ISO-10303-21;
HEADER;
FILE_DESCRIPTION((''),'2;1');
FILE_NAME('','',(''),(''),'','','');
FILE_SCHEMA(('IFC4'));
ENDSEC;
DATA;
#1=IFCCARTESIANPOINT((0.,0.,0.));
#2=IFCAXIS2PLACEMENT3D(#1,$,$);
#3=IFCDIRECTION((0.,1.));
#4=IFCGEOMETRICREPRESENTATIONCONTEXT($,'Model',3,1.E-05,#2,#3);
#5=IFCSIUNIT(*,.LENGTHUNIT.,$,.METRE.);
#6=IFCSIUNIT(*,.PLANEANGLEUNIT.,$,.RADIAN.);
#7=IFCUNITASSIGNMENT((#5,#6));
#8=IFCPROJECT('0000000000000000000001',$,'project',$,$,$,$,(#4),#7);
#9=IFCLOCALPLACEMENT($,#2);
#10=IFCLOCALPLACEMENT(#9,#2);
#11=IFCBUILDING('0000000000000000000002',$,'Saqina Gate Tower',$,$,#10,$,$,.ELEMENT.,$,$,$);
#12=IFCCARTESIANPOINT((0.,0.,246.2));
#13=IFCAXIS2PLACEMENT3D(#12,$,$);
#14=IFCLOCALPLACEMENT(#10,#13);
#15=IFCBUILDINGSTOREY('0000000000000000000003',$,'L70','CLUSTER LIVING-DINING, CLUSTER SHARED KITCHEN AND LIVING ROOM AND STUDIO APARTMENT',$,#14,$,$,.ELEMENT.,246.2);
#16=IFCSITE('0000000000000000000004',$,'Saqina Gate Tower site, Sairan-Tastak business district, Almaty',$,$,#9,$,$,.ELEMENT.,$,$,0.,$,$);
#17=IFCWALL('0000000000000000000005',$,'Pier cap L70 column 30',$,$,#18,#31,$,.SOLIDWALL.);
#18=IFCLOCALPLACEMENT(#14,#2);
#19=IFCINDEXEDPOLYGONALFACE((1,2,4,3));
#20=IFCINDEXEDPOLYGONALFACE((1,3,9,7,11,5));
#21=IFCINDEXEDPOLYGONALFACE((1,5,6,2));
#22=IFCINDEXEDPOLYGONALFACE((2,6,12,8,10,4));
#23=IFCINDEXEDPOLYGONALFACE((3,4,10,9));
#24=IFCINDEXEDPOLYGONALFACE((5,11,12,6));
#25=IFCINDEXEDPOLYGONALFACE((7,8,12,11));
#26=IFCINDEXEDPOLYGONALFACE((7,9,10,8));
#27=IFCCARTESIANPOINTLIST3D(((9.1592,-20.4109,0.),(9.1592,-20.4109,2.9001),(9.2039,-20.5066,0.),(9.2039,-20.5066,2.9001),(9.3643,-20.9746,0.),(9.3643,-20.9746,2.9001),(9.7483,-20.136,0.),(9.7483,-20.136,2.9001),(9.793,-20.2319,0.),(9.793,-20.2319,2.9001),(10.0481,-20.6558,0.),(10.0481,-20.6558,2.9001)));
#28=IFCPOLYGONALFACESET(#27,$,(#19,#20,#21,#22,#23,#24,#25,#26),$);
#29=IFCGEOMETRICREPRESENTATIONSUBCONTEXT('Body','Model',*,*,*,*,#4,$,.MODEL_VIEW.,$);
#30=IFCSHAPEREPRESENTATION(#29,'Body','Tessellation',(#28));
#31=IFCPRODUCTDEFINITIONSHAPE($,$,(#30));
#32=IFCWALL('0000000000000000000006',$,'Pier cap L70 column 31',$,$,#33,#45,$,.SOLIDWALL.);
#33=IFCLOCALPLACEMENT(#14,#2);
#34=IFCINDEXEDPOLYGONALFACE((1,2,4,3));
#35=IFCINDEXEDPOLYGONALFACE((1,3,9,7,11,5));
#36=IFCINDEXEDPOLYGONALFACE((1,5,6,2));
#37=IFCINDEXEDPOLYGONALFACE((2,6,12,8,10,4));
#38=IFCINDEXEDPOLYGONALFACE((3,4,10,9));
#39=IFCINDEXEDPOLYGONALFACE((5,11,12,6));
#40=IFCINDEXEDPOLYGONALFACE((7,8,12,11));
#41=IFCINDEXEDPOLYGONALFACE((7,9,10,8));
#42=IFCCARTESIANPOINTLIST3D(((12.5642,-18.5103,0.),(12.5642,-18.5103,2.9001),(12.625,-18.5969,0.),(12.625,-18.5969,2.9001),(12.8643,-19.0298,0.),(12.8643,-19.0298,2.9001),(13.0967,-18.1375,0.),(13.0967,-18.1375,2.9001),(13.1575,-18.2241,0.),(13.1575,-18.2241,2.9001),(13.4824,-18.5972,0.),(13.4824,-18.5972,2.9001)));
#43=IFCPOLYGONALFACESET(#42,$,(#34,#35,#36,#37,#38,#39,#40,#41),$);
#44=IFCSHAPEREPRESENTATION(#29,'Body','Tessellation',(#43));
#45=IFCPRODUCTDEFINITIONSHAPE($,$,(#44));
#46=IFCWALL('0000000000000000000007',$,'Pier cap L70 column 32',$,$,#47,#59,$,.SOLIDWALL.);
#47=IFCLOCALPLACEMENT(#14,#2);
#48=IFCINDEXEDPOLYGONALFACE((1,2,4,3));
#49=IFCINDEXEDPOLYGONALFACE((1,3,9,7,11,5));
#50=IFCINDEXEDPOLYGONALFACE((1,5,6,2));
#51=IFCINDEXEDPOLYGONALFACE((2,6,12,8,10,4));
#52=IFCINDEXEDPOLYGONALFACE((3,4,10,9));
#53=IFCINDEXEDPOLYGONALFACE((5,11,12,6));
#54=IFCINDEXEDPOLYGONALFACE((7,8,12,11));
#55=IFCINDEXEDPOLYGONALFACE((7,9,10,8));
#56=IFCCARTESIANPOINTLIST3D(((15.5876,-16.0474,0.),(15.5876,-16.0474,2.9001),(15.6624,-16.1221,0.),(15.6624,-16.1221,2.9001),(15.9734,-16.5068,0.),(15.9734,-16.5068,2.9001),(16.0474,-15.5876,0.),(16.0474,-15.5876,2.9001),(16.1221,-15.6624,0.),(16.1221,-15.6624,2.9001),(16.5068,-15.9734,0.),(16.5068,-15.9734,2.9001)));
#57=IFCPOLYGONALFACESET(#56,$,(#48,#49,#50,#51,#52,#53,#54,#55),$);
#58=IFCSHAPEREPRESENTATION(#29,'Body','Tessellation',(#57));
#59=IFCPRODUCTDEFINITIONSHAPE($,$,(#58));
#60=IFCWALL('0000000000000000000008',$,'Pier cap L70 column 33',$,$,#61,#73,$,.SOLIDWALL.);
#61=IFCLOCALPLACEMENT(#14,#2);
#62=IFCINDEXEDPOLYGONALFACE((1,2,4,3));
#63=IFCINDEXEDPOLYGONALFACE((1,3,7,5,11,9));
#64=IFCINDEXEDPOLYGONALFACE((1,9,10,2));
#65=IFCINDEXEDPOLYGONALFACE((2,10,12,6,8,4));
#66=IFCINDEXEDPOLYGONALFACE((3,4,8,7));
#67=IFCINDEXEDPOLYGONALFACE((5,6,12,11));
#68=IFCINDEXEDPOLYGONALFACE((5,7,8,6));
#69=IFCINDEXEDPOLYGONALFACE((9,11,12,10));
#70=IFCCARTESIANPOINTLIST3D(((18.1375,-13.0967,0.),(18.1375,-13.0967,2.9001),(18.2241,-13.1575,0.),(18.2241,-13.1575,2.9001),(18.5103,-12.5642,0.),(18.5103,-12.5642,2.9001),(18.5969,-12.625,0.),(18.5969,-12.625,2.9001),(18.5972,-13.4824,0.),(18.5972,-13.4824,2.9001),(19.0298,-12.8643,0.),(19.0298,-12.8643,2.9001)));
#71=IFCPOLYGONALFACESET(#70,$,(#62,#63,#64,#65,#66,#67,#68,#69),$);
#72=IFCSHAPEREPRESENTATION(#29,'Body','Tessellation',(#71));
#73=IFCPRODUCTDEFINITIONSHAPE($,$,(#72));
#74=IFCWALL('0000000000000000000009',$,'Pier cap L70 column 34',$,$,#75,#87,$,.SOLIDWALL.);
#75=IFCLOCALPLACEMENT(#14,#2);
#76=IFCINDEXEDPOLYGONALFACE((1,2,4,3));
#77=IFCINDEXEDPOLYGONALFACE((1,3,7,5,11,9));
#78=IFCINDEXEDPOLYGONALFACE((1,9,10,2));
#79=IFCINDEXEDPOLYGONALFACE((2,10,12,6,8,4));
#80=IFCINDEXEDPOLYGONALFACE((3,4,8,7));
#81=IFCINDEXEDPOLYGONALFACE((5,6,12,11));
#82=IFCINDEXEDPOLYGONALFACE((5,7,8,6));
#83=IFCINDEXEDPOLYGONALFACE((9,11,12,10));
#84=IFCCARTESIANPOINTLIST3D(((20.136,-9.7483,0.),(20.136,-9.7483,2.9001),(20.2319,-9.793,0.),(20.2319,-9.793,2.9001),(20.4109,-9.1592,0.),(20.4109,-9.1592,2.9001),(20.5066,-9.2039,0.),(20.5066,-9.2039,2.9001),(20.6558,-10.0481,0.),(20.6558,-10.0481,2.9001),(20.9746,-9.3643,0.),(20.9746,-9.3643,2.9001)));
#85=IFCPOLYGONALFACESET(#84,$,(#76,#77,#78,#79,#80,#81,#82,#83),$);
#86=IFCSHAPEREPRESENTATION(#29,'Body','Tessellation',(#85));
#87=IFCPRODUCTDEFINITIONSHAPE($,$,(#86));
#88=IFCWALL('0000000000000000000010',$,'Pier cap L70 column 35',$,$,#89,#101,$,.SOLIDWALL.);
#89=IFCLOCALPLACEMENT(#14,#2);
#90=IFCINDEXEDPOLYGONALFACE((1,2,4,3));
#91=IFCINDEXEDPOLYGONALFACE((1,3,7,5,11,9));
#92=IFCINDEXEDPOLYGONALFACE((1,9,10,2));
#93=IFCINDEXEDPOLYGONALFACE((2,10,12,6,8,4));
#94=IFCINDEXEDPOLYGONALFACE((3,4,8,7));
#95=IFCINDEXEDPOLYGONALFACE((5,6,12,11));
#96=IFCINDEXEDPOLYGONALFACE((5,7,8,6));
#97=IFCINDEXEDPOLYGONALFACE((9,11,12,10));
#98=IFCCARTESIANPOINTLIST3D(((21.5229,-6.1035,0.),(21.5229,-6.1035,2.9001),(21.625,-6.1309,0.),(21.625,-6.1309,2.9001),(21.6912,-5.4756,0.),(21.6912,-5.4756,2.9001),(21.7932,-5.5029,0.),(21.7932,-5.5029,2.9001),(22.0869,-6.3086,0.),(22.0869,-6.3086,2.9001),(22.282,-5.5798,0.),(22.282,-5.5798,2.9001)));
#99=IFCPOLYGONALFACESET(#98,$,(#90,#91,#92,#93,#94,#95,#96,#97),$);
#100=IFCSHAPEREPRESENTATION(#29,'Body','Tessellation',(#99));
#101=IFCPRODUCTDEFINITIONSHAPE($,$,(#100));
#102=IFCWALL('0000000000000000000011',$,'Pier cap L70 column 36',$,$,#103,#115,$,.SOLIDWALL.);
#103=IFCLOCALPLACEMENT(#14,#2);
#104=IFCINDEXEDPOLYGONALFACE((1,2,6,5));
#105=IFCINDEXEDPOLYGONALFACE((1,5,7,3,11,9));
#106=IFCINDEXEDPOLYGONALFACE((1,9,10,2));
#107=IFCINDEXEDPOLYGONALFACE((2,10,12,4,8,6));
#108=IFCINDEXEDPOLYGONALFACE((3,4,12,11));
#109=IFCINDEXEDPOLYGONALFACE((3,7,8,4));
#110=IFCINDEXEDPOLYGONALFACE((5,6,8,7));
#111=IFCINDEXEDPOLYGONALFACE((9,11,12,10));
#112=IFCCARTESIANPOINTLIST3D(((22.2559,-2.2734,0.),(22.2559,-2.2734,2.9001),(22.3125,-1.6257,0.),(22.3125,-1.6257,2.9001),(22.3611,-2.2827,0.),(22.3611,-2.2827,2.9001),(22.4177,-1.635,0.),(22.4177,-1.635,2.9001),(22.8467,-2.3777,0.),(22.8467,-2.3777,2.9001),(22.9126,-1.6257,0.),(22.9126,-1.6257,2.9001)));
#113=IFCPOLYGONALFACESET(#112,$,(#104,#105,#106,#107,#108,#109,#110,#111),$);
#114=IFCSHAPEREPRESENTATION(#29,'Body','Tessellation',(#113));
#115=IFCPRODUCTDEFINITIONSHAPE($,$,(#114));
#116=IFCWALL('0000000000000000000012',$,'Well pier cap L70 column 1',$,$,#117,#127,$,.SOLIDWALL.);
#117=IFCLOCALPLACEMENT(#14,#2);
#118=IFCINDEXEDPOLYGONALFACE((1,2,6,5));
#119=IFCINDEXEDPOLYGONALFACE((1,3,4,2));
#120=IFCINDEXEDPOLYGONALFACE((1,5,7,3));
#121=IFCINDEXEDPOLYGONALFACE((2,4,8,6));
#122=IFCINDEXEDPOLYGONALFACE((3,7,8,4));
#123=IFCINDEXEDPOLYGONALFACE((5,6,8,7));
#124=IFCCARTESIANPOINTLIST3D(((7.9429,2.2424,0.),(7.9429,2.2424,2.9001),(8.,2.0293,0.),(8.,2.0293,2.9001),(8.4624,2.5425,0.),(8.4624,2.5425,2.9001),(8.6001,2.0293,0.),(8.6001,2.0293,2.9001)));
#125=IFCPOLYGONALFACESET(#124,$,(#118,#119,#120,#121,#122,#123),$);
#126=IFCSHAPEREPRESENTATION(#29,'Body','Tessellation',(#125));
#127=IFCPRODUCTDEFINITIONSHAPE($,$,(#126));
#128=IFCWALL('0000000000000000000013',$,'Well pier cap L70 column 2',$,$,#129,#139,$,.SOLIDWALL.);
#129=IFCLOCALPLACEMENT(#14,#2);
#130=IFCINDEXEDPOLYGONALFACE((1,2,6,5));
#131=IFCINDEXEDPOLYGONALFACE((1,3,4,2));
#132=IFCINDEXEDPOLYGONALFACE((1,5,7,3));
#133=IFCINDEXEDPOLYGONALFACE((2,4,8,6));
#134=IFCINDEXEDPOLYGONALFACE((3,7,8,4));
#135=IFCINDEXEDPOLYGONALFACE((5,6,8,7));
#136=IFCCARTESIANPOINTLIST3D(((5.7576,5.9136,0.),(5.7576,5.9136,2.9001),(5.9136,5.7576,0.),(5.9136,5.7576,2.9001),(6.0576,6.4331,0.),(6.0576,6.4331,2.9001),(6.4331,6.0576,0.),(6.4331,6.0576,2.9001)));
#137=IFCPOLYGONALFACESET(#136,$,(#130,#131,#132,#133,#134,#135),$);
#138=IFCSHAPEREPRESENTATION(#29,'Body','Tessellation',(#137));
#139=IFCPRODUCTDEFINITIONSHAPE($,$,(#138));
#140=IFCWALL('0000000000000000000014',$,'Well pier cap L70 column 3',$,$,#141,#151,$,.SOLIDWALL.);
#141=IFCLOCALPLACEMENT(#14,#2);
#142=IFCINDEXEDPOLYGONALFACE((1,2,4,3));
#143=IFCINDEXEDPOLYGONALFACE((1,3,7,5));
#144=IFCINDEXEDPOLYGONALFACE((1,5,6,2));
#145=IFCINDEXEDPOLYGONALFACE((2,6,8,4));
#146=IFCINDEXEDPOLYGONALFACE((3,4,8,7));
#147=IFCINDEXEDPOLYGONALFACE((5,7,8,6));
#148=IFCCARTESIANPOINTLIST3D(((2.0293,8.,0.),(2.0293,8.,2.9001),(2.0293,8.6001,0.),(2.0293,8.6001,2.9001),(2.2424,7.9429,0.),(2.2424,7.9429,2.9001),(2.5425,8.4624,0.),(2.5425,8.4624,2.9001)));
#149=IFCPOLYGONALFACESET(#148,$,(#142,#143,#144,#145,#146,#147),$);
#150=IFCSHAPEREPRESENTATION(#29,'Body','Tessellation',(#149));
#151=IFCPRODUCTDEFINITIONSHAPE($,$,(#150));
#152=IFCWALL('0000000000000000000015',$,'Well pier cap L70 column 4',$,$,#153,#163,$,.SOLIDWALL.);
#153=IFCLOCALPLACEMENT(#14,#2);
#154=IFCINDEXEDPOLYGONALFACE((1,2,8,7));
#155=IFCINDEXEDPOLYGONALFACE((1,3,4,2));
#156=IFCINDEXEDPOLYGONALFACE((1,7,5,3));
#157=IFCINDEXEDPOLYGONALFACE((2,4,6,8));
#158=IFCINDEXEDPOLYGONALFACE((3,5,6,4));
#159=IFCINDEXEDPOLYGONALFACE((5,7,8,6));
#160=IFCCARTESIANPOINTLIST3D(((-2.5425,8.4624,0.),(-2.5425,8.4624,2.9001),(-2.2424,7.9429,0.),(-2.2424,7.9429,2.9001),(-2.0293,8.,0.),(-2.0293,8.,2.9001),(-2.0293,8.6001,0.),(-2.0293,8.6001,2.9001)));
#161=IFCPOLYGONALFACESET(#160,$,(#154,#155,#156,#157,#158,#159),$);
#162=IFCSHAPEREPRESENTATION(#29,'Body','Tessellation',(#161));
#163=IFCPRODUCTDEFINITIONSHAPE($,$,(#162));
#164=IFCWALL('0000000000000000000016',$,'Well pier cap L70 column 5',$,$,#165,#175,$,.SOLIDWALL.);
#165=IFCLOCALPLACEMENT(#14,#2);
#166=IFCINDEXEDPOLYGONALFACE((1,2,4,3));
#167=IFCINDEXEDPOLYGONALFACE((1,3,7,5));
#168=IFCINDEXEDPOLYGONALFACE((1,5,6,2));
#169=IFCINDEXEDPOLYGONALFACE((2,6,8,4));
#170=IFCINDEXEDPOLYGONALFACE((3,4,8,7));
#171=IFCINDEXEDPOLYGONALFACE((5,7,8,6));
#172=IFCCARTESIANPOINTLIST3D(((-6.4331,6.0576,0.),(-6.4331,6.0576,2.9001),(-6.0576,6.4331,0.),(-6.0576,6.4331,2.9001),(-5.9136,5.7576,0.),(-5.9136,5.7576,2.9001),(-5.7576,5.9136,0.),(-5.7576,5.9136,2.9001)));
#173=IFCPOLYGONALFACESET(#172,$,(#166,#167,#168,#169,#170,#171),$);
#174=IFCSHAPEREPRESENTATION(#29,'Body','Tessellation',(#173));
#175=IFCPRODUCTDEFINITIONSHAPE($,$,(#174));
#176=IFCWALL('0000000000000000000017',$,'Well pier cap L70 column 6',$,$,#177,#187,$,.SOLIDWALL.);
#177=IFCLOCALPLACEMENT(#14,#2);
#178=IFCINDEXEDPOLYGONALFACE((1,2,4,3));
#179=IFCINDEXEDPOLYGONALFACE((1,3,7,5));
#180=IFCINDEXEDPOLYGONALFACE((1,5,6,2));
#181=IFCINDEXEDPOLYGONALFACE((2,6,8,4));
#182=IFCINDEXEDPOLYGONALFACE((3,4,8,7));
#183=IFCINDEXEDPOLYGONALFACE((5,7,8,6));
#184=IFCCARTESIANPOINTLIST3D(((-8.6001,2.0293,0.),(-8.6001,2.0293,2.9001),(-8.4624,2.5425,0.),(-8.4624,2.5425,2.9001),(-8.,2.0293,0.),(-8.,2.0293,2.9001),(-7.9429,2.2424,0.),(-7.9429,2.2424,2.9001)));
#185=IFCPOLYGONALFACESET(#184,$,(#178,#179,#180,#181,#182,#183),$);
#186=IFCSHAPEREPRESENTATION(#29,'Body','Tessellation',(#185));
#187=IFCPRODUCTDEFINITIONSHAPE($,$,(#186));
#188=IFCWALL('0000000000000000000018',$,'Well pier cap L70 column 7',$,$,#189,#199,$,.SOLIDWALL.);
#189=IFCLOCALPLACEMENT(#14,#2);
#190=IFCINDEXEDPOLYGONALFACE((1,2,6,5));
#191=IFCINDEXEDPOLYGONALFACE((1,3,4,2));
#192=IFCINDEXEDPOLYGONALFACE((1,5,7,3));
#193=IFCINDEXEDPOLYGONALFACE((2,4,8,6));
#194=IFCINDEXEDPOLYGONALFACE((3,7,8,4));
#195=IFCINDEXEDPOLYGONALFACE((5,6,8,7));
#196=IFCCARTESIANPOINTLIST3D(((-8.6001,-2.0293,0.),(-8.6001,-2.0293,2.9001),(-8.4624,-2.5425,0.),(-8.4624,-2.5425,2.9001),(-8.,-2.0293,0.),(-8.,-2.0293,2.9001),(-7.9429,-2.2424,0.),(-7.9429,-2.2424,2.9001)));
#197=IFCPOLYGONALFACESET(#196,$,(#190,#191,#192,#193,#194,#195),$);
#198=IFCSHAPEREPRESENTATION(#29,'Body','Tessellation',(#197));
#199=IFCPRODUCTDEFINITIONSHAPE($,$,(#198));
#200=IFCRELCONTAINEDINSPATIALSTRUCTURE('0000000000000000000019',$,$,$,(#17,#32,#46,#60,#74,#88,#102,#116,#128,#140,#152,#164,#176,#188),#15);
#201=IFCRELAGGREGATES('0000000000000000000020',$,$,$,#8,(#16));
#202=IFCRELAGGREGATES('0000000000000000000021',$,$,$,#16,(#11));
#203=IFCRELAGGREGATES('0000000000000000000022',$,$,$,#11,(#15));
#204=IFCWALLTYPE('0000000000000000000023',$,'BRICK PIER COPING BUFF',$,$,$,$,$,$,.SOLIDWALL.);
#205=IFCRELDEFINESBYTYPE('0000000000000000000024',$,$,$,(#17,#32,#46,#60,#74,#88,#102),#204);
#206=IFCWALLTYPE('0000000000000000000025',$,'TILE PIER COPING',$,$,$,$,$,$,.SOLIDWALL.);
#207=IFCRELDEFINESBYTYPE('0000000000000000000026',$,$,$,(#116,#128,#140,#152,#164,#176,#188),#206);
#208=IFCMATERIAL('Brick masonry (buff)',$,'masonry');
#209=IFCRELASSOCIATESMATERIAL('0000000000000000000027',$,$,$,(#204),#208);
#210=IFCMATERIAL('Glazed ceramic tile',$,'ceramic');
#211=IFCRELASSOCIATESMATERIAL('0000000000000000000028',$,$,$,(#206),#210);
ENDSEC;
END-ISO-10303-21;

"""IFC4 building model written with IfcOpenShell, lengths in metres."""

from ifc_helpers import new_model, si_unit, direction, frame, origin, place, context, subcontext, project, spatial, polyline, outline, extrude, material, type_object, element, save


model = new_model("IFC4")

# Units and contexts
model_context = context("Model", 3, precision=1e-05, world=origin(), true_north=direction((0.0, 1.0)))
body_context = subcontext(model_context, "Body", "Model", "MODEL_VIEW")
ifc_project = project(units=[si_unit("LENGTHUNIT", "METRE"), si_unit("PLANEANGLEUNIT", "RADIAN")], contexts=[model_context])

# Site, building, storey
site_placement = place(None, origin())
site = spatial("IfcSite", under=ifc_project, at=site_placement, Name="Saqina Gate Tower site, Sairan-Tastak business district, Almaty", CompositionType="ELEMENT", RefElevation=0.0)
building_placement = place(site_placement, origin())
building = spatial("IfcBuilding", under=site, at=building_placement, Name="Saqina Gate Tower", CompositionType="ELEMENT")
storey_placement = place(building_placement, frame((0.0, 0.0, 246.2)))
storey = spatial("IfcBuildingStorey", under=building, at=storey_placement, Name="L70", Description="CLUSTER LIVING-DINING, CLUSTER SHARED KITCHEN AND LIVING ROOM AND STUDIO APARTMENT", CompositionType="ELEMENT", Elevation=246.2)

# Walls
ifc_material_1 = material(Name="Brick masonry (buff)", Category="masonry")
wall_type_1 = type_object("IfcWallType", Name="BRICK PIER COPING BUFF", PredefinedType="SOLIDWALL", material=ifc_material_1)
wall_1_placement = place(storey_placement, origin())
element("IfcWall", 1, at=wall_1_placement, inside=storey, type_object=wall_type_1, Name="Pier cap L70 column 30", PredefinedType="SOLIDWALL", context=body_context, shape_type="SweptSolid", body=[
    extrude(outline(polyline([(9.3643, -20.9746), (10.0481, -20.6558), (9.7483, -20.136), (9.793, -20.2319), (9.2039, -20.5066), (9.1592, -20.4109), (9.3643, -20.9746)])), origin(), (0.0, 0.0, 1.0), 2.9001),
])
wall_2_placement = place(storey_placement, origin())
element("IfcWall", 2, at=wall_2_placement, inside=storey, type_object=wall_type_1, Name="Pier cap L70 column 31", PredefinedType="SOLIDWALL", context=body_context, shape_type="SweptSolid", body=[
    extrude(outline(polyline([(12.8643, -19.0298), (13.4824, -18.5972), (13.0967, -18.1375), (13.1575, -18.2241), (12.625, -18.5969), (12.5642, -18.5103), (12.8643, -19.0298)])), origin(), (0.0, 0.0, 1.0), 2.9001),
])
wall_3_placement = place(storey_placement, origin())
element("IfcWall", 3, at=wall_3_placement, inside=storey, type_object=wall_type_1, Name="Pier cap L70 column 32", PredefinedType="SOLIDWALL", context=body_context, shape_type="SweptSolid", body=[
    extrude(outline(polyline([(16.5068, -15.9734), (16.0474, -15.5876), (16.1221, -15.6624), (15.6624, -16.1221), (15.5876, -16.0474), (15.9734, -16.5068), (16.5068, -15.9734)])), origin(), (0.0, 0.0, 1.0), 2.9001),
])
wall_4_placement = place(storey_placement, origin())
element("IfcWall", 4, at=wall_4_placement, inside=storey, type_object=wall_type_1, Name="Pier cap L70 column 33", PredefinedType="SOLIDWALL", context=body_context, shape_type="SweptSolid", body=[
    extrude(outline(polyline([(19.0298, -12.8643), (18.5103, -12.5642), (18.5969, -12.625), (18.2241, -13.1575), (18.1375, -13.0967), (18.5972, -13.4824), (19.0298, -12.8643)])), origin(), (0.0, 0.0, 1.0), 2.9001),
])
wall_5_placement = place(storey_placement, origin())
element("IfcWall", 5, at=wall_5_placement, inside=storey, type_object=wall_type_1, Name="Pier cap L70 column 34", PredefinedType="SOLIDWALL", context=body_context, shape_type="SweptSolid", body=[
    extrude(outline(polyline([(20.6558, -10.0481), (20.9746, -9.3643), (20.4109, -9.1592), (20.5066, -9.2039), (20.2319, -9.793), (20.136, -9.7483), (20.6558, -10.0481)])), origin(), (0.0, 0.0, 1.0), 2.9001),
])
wall_6_placement = place(storey_placement, origin())
element("IfcWall", 6, at=wall_6_placement, inside=storey, type_object=wall_type_1, Name="Pier cap L70 column 35", PredefinedType="SOLIDWALL", context=body_context, shape_type="SweptSolid", body=[
    extrude(outline(polyline([(22.282, -5.5798), (21.6912, -5.4756), (21.7932, -5.5029), (21.625, -6.1309), (21.5229, -6.1035), (22.0869, -6.3086), (22.282, -5.5798)])), origin(), (0.0, 0.0, 1.0), 2.9001),
])
wall_7_placement = place(storey_placement, origin())
element("IfcWall", 7, at=wall_7_placement, inside=storey, type_object=wall_type_1, Name="Pier cap L70 column 36", PredefinedType="SOLIDWALL", context=body_context, shape_type="SweptSolid", body=[
    extrude(outline(polyline([(22.8467, -2.3777), (22.9126, -1.6257), (22.3125, -1.6257), (22.4177, -1.635), (22.3611, -2.2827), (22.2559, -2.2734), (22.8467, -2.3777)])), origin(), (0.0, 0.0, 1.0), 2.9001),
])
ifc_material_2 = material(Name="Glazed ceramic tile", Category="ceramic")
wall_type_2 = type_object("IfcWallType", Name="TILE PIER COPING", PredefinedType="SOLIDWALL", material=ifc_material_2)
wall_8_placement = place(storey_placement, origin())
element("IfcWall", 8, at=wall_8_placement, inside=storey, type_object=wall_type_2, Name="Well pier cap L70 column 1", PredefinedType="SOLIDWALL", context=body_context, shape_type="SweptSolid", body=[
    extrude(outline(polyline([(8.4624, 2.5425), (7.9429, 2.2424), (8.0, 2.0293), (8.6001, 2.0293), (8.4624, 2.5425)])), origin(), (0.0, 0.0, 1.0), 2.9001),
])
wall_9_placement = place(storey_placement, origin())
element("IfcWall", 9, at=wall_9_placement, inside=storey, type_object=wall_type_2, Name="Well pier cap L70 column 2", PredefinedType="SOLIDWALL", context=body_context, shape_type="SweptSolid", body=[
    extrude(outline(polyline([(6.0576, 6.4331), (5.7576, 5.9136), (5.9136, 5.7576), (6.4331, 6.0576), (6.0576, 6.4331)])), origin(), (0.0, 0.0, 1.0), 2.9001),
])
wall_10_placement = place(storey_placement, origin())
element("IfcWall", 10, at=wall_10_placement, inside=storey, type_object=wall_type_2, Name="Well pier cap L70 column 3", PredefinedType="SOLIDWALL", context=body_context, shape_type="SweptSolid", body=[
    extrude(outline(polyline([(2.0293, 8.6001), (2.0293, 8.0), (2.2424, 7.9429), (2.5425, 8.4624), (2.0293, 8.6001)])), origin(), (0.0, 0.0, 1.0), 2.9001),
])
wall_11_placement = place(storey_placement, origin())
element("IfcWall", 11, at=wall_11_placement, inside=storey, type_object=wall_type_2, Name="Well pier cap L70 column 4", PredefinedType="SOLIDWALL", context=body_context, shape_type="SweptSolid", body=[
    extrude(outline(polyline([(-2.5425, 8.4624), (-2.2424, 7.9429), (-2.0293, 8.0), (-2.0293, 8.6001), (-2.5425, 8.4624)])), origin(), (0.0, 0.0, 1.0), 2.9001),
])
wall_12_placement = place(storey_placement, origin())
element("IfcWall", 12, at=wall_12_placement, inside=storey, type_object=wall_type_2, Name="Well pier cap L70 column 5", PredefinedType="SOLIDWALL", context=body_context, shape_type="SweptSolid", body=[
    extrude(outline(polyline([(-6.4331, 6.0576), (-5.9136, 5.7576), (-5.7576, 5.9136), (-6.0576, 6.4331), (-6.4331, 6.0576)])), origin(), (0.0, 0.0, 1.0), 2.9001),
])
wall_13_placement = place(storey_placement, origin())
element("IfcWall", 13, at=wall_13_placement, inside=storey, type_object=wall_type_2, Name="Well pier cap L70 column 6", PredefinedType="SOLIDWALL", context=body_context, shape_type="SweptSolid", body=[
    extrude(outline(polyline([(-8.6001, 2.0293), (-8.0, 2.0293), (-7.9429, 2.2424), (-8.4624, 2.5425), (-8.6001, 2.0293)])), origin(), (0.0, 0.0, 1.0), 2.9001),
])
wall_14_placement = place(storey_placement, origin())
element("IfcWall", 14, at=wall_14_placement, inside=storey, type_object=wall_type_2, Name="Well pier cap L70 column 7", PredefinedType="SOLIDWALL", context=body_context, shape_type="SweptSolid", body=[
    extrude(outline(polyline([(-8.4624, -2.5425), (-7.9429, -2.2424), (-8.0, -2.0293), (-8.6001, -2.0293), (-8.4624, -2.5425)])), origin(), (0.0, 0.0, 1.0), 2.9001),
])

save(model, "model.ifc")
